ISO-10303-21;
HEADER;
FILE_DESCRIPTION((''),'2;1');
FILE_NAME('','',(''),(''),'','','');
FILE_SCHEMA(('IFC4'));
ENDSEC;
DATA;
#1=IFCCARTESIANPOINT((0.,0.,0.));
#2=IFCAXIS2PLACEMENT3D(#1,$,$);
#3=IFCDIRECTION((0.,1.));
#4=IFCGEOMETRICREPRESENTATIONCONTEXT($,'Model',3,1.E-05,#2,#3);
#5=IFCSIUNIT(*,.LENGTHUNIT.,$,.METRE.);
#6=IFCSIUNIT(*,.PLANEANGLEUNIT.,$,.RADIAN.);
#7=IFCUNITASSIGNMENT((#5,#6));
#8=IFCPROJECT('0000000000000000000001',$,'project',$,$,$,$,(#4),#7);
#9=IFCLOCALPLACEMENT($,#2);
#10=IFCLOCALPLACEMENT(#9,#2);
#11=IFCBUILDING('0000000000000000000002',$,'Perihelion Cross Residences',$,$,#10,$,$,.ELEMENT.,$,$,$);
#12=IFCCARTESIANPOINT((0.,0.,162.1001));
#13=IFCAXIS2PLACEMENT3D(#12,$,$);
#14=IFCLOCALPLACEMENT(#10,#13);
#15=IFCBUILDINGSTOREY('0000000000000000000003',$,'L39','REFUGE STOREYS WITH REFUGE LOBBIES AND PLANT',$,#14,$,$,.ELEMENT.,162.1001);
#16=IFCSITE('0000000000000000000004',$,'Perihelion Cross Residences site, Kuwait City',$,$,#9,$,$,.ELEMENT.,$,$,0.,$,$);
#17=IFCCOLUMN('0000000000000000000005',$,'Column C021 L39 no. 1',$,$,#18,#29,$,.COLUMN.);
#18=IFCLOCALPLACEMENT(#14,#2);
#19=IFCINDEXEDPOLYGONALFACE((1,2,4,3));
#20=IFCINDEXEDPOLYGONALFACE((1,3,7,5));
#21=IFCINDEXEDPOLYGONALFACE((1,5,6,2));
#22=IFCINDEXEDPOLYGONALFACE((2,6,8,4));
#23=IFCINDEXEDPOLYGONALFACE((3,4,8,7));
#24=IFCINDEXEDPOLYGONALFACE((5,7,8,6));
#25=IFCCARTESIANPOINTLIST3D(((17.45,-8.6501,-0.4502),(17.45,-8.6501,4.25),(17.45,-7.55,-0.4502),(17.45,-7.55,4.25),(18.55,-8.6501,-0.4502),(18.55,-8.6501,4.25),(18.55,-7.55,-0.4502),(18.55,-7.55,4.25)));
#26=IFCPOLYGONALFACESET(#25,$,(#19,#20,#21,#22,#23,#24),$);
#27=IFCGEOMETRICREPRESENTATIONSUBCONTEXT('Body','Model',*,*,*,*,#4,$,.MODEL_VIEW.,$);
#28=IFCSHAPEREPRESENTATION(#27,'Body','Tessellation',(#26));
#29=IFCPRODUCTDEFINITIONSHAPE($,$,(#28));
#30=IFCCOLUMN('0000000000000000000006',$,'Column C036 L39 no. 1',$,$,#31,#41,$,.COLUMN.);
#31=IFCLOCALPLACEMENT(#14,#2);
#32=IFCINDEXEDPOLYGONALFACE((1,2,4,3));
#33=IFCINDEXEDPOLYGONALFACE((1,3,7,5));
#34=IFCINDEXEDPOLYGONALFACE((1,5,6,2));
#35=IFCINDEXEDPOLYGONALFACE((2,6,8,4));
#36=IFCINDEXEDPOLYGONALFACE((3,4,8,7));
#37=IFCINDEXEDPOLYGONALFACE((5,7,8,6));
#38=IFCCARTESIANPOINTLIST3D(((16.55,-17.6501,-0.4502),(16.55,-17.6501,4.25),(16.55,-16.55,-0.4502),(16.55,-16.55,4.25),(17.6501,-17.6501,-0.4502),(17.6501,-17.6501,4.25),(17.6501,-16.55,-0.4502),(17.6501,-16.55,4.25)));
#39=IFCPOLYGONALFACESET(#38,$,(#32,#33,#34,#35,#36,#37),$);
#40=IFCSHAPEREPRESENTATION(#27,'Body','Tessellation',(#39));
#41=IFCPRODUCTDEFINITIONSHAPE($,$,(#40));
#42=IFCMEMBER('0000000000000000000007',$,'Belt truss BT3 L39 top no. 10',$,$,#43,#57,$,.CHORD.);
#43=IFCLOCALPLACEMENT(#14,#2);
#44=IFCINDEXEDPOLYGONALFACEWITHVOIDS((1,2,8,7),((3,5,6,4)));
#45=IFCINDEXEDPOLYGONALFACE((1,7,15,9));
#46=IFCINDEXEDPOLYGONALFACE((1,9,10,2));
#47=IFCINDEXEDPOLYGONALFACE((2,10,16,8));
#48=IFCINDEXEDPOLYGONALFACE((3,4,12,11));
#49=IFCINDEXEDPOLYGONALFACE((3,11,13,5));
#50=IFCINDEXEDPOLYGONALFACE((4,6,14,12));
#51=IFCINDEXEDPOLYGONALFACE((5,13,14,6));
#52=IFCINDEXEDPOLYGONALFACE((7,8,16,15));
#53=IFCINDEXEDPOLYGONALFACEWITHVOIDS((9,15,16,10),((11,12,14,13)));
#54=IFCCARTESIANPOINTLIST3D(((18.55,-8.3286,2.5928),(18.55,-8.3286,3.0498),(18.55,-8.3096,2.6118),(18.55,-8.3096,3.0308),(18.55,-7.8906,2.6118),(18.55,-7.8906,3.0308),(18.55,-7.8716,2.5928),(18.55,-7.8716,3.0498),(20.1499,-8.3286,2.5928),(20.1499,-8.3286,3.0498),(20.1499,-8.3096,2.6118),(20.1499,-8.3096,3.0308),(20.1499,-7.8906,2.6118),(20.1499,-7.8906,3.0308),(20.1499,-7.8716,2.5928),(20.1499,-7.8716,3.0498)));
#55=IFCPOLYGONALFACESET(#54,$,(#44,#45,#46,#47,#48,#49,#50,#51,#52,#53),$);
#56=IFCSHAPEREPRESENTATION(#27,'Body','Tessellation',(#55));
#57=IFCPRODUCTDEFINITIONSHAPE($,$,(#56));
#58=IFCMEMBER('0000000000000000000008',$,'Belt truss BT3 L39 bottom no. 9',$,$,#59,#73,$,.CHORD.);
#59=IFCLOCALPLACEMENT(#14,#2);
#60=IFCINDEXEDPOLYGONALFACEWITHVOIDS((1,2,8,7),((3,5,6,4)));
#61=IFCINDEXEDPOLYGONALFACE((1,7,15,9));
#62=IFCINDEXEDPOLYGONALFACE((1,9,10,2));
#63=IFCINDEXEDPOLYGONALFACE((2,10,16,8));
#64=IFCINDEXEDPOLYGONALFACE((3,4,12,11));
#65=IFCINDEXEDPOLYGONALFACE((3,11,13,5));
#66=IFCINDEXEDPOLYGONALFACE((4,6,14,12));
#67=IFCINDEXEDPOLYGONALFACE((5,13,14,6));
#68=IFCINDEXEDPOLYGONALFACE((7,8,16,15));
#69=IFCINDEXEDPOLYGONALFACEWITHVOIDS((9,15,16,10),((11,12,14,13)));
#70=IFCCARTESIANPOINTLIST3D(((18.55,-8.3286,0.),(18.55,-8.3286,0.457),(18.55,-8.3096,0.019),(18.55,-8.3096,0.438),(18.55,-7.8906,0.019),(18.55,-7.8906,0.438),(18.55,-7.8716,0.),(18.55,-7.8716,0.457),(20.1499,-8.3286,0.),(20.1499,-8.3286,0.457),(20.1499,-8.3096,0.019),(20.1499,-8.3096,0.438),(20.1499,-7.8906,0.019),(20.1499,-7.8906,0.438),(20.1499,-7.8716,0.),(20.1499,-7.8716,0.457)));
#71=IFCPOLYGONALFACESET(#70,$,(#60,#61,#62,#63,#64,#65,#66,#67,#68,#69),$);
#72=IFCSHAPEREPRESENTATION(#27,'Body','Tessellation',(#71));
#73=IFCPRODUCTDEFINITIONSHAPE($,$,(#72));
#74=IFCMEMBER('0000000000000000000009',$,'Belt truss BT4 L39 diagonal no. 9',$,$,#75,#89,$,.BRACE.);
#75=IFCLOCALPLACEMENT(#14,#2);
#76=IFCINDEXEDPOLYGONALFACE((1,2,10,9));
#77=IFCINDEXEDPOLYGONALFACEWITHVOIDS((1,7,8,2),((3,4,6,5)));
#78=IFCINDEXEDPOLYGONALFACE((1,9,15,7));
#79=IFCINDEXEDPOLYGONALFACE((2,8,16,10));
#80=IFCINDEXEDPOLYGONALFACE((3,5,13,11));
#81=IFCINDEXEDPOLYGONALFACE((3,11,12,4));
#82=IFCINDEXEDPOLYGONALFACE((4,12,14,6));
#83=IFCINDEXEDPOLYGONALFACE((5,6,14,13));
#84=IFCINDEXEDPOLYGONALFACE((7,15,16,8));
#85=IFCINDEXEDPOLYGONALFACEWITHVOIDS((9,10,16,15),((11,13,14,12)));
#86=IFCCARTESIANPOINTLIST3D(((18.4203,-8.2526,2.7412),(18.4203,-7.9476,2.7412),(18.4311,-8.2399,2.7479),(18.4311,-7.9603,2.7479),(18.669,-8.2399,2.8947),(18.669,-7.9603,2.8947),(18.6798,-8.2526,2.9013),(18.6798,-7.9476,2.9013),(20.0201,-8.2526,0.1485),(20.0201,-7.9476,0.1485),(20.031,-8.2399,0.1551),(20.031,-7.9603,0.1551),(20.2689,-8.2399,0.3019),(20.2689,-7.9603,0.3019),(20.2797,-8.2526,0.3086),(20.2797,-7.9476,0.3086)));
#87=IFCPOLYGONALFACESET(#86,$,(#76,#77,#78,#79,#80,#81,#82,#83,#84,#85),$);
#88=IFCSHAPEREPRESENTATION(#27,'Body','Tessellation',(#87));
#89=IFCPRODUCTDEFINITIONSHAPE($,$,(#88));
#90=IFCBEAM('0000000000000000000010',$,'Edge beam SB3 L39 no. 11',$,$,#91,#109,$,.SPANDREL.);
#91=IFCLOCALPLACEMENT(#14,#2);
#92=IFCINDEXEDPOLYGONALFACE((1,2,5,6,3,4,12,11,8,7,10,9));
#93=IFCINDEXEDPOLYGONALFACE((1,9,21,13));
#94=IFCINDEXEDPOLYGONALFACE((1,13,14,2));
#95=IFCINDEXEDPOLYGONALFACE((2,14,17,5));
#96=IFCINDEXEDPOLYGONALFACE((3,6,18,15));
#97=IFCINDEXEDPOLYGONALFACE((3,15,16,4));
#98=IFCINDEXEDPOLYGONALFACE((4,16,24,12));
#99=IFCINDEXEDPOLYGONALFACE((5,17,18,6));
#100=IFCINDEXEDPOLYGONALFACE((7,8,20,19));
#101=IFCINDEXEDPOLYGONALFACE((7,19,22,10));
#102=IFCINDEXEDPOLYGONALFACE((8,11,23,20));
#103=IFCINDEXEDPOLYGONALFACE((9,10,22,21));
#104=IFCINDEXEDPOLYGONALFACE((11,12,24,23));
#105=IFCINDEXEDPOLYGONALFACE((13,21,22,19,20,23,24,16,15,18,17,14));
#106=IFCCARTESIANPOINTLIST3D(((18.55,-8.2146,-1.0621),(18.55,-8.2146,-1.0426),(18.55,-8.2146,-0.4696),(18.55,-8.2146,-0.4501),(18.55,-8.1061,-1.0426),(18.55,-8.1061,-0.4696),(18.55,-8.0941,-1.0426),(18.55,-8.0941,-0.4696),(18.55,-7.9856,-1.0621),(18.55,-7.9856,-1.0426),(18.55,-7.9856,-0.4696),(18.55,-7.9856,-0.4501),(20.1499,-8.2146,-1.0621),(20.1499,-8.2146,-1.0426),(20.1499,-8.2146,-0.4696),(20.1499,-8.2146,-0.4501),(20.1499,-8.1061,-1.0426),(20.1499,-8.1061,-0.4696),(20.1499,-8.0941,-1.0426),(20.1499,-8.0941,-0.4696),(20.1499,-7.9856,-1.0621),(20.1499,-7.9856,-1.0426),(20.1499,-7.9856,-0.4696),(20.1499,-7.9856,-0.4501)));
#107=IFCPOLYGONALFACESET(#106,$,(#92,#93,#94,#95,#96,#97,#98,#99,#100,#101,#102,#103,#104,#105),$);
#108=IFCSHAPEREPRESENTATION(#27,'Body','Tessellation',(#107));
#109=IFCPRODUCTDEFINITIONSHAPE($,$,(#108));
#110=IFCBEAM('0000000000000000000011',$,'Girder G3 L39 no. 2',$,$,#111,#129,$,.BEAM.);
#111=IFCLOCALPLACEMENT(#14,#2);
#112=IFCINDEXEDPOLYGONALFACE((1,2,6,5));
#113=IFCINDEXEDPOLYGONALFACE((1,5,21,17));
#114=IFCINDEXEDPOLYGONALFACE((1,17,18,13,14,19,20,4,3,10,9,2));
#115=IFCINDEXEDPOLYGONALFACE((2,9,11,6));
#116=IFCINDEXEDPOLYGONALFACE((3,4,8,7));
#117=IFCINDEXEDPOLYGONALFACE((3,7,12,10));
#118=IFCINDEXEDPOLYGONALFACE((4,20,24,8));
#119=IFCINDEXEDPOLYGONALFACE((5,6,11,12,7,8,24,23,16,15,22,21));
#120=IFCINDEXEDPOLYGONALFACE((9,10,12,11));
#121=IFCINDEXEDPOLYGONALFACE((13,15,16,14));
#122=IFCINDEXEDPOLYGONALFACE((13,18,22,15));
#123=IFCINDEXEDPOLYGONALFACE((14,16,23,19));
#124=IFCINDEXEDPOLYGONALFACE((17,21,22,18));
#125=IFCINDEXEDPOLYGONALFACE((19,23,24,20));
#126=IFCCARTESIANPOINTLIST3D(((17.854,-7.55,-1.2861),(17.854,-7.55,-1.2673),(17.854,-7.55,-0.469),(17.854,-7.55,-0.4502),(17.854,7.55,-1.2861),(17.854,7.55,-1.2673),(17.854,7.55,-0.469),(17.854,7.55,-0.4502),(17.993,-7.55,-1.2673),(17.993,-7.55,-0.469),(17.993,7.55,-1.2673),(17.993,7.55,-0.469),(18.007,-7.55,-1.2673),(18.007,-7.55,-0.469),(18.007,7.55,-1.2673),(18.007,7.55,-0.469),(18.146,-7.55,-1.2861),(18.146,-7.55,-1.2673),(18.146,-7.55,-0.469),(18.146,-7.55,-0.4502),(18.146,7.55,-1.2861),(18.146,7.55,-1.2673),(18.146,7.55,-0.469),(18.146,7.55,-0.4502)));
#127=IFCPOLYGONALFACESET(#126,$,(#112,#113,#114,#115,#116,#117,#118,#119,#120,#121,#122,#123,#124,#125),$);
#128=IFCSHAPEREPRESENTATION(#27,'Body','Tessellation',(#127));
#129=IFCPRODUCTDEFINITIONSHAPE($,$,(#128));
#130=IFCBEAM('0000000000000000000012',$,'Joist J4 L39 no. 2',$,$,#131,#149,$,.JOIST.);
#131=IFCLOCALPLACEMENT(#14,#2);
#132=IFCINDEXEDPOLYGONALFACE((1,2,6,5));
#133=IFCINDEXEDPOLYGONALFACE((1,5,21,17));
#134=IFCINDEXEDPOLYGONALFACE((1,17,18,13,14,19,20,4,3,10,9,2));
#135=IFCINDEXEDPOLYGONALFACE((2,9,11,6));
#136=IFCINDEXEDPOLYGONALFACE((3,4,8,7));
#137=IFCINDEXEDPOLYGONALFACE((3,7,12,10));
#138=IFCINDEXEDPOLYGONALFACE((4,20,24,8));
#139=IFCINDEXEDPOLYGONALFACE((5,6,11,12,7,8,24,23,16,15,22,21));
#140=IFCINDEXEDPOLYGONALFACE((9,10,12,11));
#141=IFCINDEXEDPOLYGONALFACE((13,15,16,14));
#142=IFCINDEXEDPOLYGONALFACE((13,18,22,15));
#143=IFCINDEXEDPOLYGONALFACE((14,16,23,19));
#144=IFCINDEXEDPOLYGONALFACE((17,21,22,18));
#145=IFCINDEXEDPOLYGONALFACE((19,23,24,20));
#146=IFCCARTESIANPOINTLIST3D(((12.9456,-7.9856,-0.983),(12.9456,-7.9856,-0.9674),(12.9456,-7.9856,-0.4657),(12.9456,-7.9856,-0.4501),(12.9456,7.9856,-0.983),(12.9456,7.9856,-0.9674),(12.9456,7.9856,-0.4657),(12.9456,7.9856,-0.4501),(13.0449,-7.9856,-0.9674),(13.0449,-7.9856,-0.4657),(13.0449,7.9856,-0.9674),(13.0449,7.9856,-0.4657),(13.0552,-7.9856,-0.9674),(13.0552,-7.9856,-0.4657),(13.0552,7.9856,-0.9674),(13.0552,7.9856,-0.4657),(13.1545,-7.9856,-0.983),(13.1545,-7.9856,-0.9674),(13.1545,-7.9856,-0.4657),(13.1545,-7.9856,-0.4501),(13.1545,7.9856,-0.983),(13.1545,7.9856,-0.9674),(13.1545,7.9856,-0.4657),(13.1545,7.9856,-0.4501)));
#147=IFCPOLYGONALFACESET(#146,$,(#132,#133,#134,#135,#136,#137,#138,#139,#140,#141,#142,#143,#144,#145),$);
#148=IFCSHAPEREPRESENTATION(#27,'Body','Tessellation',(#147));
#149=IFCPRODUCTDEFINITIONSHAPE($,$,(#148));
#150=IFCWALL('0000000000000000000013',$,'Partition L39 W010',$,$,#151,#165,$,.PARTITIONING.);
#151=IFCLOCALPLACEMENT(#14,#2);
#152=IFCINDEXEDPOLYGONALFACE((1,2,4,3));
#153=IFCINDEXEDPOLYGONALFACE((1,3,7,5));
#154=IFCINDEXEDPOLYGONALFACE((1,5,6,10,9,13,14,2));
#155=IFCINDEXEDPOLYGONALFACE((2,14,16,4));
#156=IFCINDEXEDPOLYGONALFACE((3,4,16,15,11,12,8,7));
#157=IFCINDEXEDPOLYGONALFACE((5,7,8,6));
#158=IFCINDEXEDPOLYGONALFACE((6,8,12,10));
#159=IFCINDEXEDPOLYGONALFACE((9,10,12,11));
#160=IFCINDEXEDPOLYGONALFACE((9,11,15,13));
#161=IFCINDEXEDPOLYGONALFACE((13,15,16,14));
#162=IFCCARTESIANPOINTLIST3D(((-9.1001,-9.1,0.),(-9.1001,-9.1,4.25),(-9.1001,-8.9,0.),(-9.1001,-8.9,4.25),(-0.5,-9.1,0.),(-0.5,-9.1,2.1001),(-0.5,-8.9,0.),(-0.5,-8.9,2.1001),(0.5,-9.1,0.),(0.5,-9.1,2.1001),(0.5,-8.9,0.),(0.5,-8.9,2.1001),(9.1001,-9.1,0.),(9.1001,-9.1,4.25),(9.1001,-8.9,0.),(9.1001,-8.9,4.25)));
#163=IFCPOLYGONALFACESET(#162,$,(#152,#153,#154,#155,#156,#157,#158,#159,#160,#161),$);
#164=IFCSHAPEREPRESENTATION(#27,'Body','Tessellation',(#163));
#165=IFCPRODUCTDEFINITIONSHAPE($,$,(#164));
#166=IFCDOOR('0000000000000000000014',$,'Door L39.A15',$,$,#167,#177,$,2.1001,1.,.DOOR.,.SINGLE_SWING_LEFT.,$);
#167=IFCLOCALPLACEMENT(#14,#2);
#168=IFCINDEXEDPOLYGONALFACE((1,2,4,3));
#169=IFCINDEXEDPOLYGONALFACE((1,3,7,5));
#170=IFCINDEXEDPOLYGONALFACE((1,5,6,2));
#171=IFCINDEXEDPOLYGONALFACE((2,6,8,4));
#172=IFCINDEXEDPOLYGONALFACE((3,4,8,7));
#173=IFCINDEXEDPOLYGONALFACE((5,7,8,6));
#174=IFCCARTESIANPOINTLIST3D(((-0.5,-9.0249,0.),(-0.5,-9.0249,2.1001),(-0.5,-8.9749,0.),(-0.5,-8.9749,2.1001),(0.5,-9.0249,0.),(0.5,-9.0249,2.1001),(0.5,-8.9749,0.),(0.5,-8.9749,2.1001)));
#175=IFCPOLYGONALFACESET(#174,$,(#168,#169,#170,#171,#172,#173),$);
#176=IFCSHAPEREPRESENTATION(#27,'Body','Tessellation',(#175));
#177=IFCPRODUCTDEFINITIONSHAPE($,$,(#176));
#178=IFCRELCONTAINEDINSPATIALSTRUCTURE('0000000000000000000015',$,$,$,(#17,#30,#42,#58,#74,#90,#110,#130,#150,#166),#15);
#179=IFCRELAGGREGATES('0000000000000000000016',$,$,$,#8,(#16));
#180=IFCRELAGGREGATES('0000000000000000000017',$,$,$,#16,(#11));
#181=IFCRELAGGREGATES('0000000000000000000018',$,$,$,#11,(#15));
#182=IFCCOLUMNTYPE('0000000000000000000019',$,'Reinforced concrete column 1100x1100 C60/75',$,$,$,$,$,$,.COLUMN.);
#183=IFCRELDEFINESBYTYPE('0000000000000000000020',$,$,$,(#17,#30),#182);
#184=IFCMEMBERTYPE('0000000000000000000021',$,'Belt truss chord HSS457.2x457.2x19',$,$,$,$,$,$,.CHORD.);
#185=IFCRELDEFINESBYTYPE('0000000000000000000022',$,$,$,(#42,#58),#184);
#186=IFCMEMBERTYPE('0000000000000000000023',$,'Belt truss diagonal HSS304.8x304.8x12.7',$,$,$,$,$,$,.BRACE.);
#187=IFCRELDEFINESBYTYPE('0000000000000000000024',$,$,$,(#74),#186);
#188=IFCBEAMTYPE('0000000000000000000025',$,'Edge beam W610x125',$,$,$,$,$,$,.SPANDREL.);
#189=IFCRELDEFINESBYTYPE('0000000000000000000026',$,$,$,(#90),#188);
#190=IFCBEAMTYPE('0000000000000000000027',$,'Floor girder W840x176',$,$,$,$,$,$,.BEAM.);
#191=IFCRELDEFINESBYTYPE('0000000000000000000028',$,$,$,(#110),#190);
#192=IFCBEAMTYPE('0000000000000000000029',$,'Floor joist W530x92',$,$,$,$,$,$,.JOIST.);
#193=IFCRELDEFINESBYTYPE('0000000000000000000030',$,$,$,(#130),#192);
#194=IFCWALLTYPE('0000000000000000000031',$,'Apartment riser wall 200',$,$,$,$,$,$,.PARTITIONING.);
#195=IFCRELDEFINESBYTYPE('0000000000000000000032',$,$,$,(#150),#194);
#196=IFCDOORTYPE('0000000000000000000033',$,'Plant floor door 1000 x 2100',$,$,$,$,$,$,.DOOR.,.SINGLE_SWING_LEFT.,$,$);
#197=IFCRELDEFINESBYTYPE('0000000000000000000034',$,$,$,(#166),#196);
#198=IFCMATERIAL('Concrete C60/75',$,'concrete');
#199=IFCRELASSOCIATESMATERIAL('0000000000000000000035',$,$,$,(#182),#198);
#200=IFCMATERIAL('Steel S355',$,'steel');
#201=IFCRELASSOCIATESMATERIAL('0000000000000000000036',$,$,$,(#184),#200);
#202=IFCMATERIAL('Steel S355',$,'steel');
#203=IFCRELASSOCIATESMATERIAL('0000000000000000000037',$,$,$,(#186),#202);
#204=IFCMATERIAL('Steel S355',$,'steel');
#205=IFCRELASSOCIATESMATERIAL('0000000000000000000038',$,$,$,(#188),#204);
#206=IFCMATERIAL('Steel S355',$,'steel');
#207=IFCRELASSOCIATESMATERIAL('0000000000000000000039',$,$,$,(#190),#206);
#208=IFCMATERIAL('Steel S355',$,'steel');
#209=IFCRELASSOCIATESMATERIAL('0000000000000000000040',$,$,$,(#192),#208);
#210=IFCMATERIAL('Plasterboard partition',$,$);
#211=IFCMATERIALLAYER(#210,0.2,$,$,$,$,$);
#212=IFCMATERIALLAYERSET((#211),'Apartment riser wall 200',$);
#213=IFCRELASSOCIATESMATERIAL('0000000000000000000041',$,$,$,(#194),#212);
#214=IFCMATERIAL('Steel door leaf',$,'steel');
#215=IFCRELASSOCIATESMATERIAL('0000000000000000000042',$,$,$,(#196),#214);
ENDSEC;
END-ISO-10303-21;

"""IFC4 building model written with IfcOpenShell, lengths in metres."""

from ifc_helpers import new_model, si_unit, direction, frame, frame_2d, origin, origin_2d, place, context, subcontext, project, spatial, rectangle, hollow_rectangle, i_section, extrude, material, layer, layer_set, material_profile, profile_set, type_object, element, fill, save


model = new_model("IFC4")

# Units and contexts
model_context = context("Model", 3, precision=1e-05, world=origin(), true_north=direction((0.0, 1.0)))
body_context = subcontext(model_context, "Body", "Model", "MODEL_VIEW")
ifc_project = project(units=[si_unit("LENGTHUNIT", "METRE"), si_unit("PLANEANGLEUNIT", "RADIAN")], contexts=[model_context])

# Site, building, storey
site_placement = place(None, origin())
site = spatial("IfcSite", under=ifc_project, at=site_placement, Name="Perihelion Cross Residences site, Kuwait City", CompositionType="ELEMENT", RefElevation=0.0)
building_placement = place(site_placement, origin())
building = spatial("IfcBuilding", under=site, at=building_placement, Name="Perihelion Cross Residences", CompositionType="ELEMENT")
storey_placement = place(building_placement, frame((0.0, 0.0, 162.1001)))
storey = spatial("IfcBuildingStorey", under=building, at=storey_placement, Name="L39", Description="REFUGE STOREYS WITH REFUGE LOBBIES AND PLANT", CompositionType="ELEMENT", Elevation=162.1001)

# Columns
ifc_material_1 = material(Name="Concrete C60/75", Category="concrete")
ifc_material_profile_1 = material_profile(ifc_material_1, rectangle(XDim=1.1001, YDim=1.1001, at=origin_2d()), Name="RC 1100x1100")
ifc_profile_set_1 = profile_set([ifc_material_profile_1], Name="Concrete C60/75")
column_type = type_object("IfcColumnType", Name="Reinforced concrete column 1100x1100 C60/75", PredefinedType="COLUMN", material=ifc_profile_set_1)
for number, where, z_axis, x_axis, name in (
    (1, (18.0, -8.1001, -0.4502), (0.0, 0.0, 1.0), (1.0, 0.0, 0.0), "Column C021 L39 no. 1"),
    (2, (17.1001, -17.1001, -0.4502), (0.0, 0.0, 1.0), (1.0, 0.0, 0.0), "Column C036 L39 no. 1"),
):
    element("IfcColumn", number, at=place(storey_placement, frame(where, z_axis=z_axis, x_axis=x_axis)), inside=storey, type_object=column_type, Name=name, PredefinedType="COLUMN", context=body_context, shape_type="SweptSolid", body=[
        extrude(rectangle(XDim=1.1001, YDim=1.1001, at=origin_2d()), origin(), (0.0, 0.0, 1.0), 4.7002),
    ])

# Members
ifc_material_2 = material(Name="Steel S355", Category="steel")
ifc_material_profile_2 = material_profile(ifc_material_2, hollow_rectangle(XDim=0.457, YDim=0.457, WallThickness=0.019, at=origin_2d()), Name="HSS457.2x457.2x19")
ifc_profile_set_2 = profile_set([ifc_material_profile_2], Name="Steel S355")
member_type_1 = type_object("IfcMemberType", Name="Belt truss chord HSS457.2x457.2x19", PredefinedType="CHORD", material=ifc_profile_set_2)
for number, where, z_axis, x_axis, name in (
    (3, (18.55, -8.1001, 2.8213), (1.0, 0.0, 0.0), (0.0, 1.0, 0.0), "Belt truss BT3 L39 top no. 10"),
    (4, (18.55, -8.1001, 0.2285), (1.0, 0.0, 0.0), (0.0, 1.0, 0.0), "Belt truss BT3 L39 bottom no. 9"),
):
    element("IfcMember", number, at=place(storey_placement, frame(where, z_axis=z_axis, x_axis=x_axis)), inside=storey, type_object=member_type_1, Name=name, PredefinedType="CHORD", context=body_context, shape_type="SweptSolid", body=[
        extrude(hollow_rectangle(XDim=0.457, YDim=0.457, WallThickness=0.019, at=origin_2d()), origin(), (0.0, 0.0, 1.0), 1.5999),
    ])
ifc_material_3 = material(Name="Steel S355", Category="steel")
ifc_material_profile_3 = material_profile(ifc_material_3, hollow_rectangle(XDim=0.3049, YDim=0.3049, WallThickness=0.0127, at=origin_2d()), Name="HSS304.8x304.8x12.7")
ifc_profile_set_3 = profile_set([ifc_material_profile_3], Name="Steel S355")
member_type_2 = type_object("IfcMemberType", Name="Belt truss diagonal HSS304.8x304.8x12.7", PredefinedType="BRACE", material=ifc_profile_set_3)
member_placement = place(storey_placement, frame((20.1499, -8.1001, 0.2285), z_axis=(-0.525121, 0.0, 0.851028), x_axis=(0.0, -1.0, 0.0)))
element("IfcMember", 5, at=member_placement, inside=storey, type_object=member_type_2, Name="Belt truss BT4 L39 diagonal no. 9", PredefinedType="BRACE", context=body_context, shape_type="SweptSolid", body=[
    extrude(hollow_rectangle(XDim=0.3049, YDim=0.3049, WallThickness=0.0127, at=origin_2d()), origin(), (0.0, 0.0, 1.0), 3.0466),
])

# Beams
ifc_material_4 = material(Name="Steel S355", Category="steel")
ifc_material_profile_4 = material_profile(ifc_material_4, i_section(OverallWidth=0.229, OverallDepth=0.6121, WebThickness=0.012, FlangeThickness=0.0195, at=origin_2d()), Name="W610x125")
ifc_profile_set_4 = profile_set([ifc_material_profile_4], Name="Steel S355")
beam_type_1 = type_object("IfcBeamType", Name="Edge beam W610x125", PredefinedType="SPANDREL", material=ifc_profile_set_4)
beam_1_placement = place(storey_placement, frame((18.55, -8.1001, -0.7561), z_axis=(1.0, 0.0, 0.0), x_axis=(0.0, 1.0, 0.0)))
element("IfcBeam", 6, at=beam_1_placement, inside=storey, type_object=beam_type_1, Name="Edge beam SB3 L39 no. 11", PredefinedType="SPANDREL", context=body_context, shape_type="SweptSolid", body=[
    extrude(i_section(OverallWidth=0.229, OverallDepth=0.6121, WebThickness=0.012, FlangeThickness=0.0195, at=origin_2d()), origin(), (0.0, 0.0, 1.0), 1.5999),
])
ifc_material_5 = material(Name="Steel S355", Category="steel")
ifc_material_profile_5 = material_profile(ifc_material_5, i_section(OverallWidth=0.292, OverallDepth=0.8359, WebThickness=0.0139, FlangeThickness=0.0188, at=origin_2d()), Name="W840x176")
ifc_profile_set_5 = profile_set([ifc_material_profile_5], Name="Steel S355")
beam_type_2 = type_object("IfcBeamType", Name="Floor girder W840x176", PredefinedType="BEAM", material=ifc_profile_set_5)
beam_2_placement = place(storey_placement, frame((18.0, -7.55, -0.8682), z_axis=(0.0, 1.0, 0.0), x_axis=(-1.0, 0.0, 0.0)))
element("IfcBeam", 7, at=beam_2_placement, inside=storey, type_object=beam_type_2, Name="Girder G3 L39 no. 2", PredefinedType="BEAM", context=body_context, shape_type="SweptSolid", body=[
    extrude(i_section(OverallWidth=0.292, OverallDepth=0.8359, WebThickness=0.0139, FlangeThickness=0.0188, at=origin_2d()), origin(), (0.0, 0.0, 1.0), 15.1001),
])
ifc_material_6 = material(Name="Steel S355", Category="steel")
ifc_material_profile_6 = material_profile(ifc_material_6, i_section(OverallWidth=0.209, OverallDepth=0.533, WebThickness=0.0103, FlangeThickness=0.0156, at=origin_2d()), Name="W530x92")
ifc_profile_set_6 = profile_set([ifc_material_profile_6], Name="Steel S355")
beam_type_3 = type_object("IfcBeamType", Name="Floor joist W530x92", PredefinedType="JOIST", material=ifc_profile_set_6)
beam_3_placement = place(storey_placement, frame((13.05, -7.9856, -0.7166), z_axis=(0.0, 1.0, 0.0), x_axis=(-1.0, 0.0, 0.0)))
element("IfcBeam", 8, at=beam_3_placement, inside=storey, type_object=beam_type_3, Name="Joist J4 L39 no. 2", PredefinedType="JOIST", context=body_context, shape_type="SweptSolid", body=[
    extrude(i_section(OverallWidth=0.209, OverallDepth=0.533, WebThickness=0.0103, FlangeThickness=0.0156, at=origin_2d()), origin(), (0.0, 0.0, 1.0), 15.9712),
])

# Wall, opening, door
ifc_material_7 = material(Name="Plasterboard partition")
ifc_layer_1 = layer(ifc_material_7, 0.2)
ifc_layer_set_1 = layer_set([ifc_layer_1], Name="Apartment riser wall 200")
wall_type_1 = type_object("IfcWallType", Name="Apartment riser wall 200", PredefinedType="PARTITIONING", material=ifc_layer_set_1)
wall_1_placement = place(storey_placement, frame((9.1001, -9.0, 0.0), z_axis=(0.0, 0.0, 1.0), x_axis=(-1.0, 0.0, 0.0)))
wall_1 = element("IfcWall", 9, at=wall_1_placement, inside=storey, type_object=wall_type_1, Name="Partition L39 W010", PredefinedType="PARTITIONING", context=body_context, shape_type="SweptSolid", body=[
    extrude(rectangle(XDim=18.2002, YDim=0.2, at=frame_2d((9.1001, 0.0))), origin(), (0.0, 0.0, 1.0), 4.25),
])
opening_placement = place(wall_1_placement, frame((8.6001, 0.0, 0.0)))
opening = element("IfcOpeningElement", 10, at=opening_placement, cuts=wall_1, PredefinedType="OPENING", context=body_context, shape_type="SweptSolid", body=[
    extrude(rectangle(XDim=1.0, YDim=2.1001, at=frame_2d((0.5, 1.05))), frame((0.0, 0.1099, 0.0), z_axis=(0.0, -1.0, 0.0), x_axis=(1.0, 0.0, 0.0)), (0.0, 0.0, 1.0), 0.22),
])
ifc_material_8 = material(Name="Steel door leaf", Category="steel")
door_type = type_object("IfcDoorType", Name="Plant floor door 1000 x 2100", OperationType="SINGLE_SWING_LEFT", PredefinedType="DOOR", material=ifc_material_8)
door_placement = place(opening_placement, origin())
door = element("IfcDoor", 11, at=door_placement, inside=storey, type_object=door_type, Name="Door L39.A15", OperationType="SINGLE_SWING_LEFT", OverallHeight=2.1001, OverallWidth=1.0, PredefinedType="DOOR", context=body_context, shape_type="SweptSolid", body=[
    extrude(rectangle(XDim=1.0, YDim=2.1001, at=frame_2d((0.5, 1.05))), frame((0.0, 0.0249, 0.0), z_axis=(0.0, -1.0, 0.0), x_axis=(1.0, 0.0, 0.0)), (0.0, 0.0, 1.0), 0.05),
])
fill(opening, door)

save(model, "model.ifc")
